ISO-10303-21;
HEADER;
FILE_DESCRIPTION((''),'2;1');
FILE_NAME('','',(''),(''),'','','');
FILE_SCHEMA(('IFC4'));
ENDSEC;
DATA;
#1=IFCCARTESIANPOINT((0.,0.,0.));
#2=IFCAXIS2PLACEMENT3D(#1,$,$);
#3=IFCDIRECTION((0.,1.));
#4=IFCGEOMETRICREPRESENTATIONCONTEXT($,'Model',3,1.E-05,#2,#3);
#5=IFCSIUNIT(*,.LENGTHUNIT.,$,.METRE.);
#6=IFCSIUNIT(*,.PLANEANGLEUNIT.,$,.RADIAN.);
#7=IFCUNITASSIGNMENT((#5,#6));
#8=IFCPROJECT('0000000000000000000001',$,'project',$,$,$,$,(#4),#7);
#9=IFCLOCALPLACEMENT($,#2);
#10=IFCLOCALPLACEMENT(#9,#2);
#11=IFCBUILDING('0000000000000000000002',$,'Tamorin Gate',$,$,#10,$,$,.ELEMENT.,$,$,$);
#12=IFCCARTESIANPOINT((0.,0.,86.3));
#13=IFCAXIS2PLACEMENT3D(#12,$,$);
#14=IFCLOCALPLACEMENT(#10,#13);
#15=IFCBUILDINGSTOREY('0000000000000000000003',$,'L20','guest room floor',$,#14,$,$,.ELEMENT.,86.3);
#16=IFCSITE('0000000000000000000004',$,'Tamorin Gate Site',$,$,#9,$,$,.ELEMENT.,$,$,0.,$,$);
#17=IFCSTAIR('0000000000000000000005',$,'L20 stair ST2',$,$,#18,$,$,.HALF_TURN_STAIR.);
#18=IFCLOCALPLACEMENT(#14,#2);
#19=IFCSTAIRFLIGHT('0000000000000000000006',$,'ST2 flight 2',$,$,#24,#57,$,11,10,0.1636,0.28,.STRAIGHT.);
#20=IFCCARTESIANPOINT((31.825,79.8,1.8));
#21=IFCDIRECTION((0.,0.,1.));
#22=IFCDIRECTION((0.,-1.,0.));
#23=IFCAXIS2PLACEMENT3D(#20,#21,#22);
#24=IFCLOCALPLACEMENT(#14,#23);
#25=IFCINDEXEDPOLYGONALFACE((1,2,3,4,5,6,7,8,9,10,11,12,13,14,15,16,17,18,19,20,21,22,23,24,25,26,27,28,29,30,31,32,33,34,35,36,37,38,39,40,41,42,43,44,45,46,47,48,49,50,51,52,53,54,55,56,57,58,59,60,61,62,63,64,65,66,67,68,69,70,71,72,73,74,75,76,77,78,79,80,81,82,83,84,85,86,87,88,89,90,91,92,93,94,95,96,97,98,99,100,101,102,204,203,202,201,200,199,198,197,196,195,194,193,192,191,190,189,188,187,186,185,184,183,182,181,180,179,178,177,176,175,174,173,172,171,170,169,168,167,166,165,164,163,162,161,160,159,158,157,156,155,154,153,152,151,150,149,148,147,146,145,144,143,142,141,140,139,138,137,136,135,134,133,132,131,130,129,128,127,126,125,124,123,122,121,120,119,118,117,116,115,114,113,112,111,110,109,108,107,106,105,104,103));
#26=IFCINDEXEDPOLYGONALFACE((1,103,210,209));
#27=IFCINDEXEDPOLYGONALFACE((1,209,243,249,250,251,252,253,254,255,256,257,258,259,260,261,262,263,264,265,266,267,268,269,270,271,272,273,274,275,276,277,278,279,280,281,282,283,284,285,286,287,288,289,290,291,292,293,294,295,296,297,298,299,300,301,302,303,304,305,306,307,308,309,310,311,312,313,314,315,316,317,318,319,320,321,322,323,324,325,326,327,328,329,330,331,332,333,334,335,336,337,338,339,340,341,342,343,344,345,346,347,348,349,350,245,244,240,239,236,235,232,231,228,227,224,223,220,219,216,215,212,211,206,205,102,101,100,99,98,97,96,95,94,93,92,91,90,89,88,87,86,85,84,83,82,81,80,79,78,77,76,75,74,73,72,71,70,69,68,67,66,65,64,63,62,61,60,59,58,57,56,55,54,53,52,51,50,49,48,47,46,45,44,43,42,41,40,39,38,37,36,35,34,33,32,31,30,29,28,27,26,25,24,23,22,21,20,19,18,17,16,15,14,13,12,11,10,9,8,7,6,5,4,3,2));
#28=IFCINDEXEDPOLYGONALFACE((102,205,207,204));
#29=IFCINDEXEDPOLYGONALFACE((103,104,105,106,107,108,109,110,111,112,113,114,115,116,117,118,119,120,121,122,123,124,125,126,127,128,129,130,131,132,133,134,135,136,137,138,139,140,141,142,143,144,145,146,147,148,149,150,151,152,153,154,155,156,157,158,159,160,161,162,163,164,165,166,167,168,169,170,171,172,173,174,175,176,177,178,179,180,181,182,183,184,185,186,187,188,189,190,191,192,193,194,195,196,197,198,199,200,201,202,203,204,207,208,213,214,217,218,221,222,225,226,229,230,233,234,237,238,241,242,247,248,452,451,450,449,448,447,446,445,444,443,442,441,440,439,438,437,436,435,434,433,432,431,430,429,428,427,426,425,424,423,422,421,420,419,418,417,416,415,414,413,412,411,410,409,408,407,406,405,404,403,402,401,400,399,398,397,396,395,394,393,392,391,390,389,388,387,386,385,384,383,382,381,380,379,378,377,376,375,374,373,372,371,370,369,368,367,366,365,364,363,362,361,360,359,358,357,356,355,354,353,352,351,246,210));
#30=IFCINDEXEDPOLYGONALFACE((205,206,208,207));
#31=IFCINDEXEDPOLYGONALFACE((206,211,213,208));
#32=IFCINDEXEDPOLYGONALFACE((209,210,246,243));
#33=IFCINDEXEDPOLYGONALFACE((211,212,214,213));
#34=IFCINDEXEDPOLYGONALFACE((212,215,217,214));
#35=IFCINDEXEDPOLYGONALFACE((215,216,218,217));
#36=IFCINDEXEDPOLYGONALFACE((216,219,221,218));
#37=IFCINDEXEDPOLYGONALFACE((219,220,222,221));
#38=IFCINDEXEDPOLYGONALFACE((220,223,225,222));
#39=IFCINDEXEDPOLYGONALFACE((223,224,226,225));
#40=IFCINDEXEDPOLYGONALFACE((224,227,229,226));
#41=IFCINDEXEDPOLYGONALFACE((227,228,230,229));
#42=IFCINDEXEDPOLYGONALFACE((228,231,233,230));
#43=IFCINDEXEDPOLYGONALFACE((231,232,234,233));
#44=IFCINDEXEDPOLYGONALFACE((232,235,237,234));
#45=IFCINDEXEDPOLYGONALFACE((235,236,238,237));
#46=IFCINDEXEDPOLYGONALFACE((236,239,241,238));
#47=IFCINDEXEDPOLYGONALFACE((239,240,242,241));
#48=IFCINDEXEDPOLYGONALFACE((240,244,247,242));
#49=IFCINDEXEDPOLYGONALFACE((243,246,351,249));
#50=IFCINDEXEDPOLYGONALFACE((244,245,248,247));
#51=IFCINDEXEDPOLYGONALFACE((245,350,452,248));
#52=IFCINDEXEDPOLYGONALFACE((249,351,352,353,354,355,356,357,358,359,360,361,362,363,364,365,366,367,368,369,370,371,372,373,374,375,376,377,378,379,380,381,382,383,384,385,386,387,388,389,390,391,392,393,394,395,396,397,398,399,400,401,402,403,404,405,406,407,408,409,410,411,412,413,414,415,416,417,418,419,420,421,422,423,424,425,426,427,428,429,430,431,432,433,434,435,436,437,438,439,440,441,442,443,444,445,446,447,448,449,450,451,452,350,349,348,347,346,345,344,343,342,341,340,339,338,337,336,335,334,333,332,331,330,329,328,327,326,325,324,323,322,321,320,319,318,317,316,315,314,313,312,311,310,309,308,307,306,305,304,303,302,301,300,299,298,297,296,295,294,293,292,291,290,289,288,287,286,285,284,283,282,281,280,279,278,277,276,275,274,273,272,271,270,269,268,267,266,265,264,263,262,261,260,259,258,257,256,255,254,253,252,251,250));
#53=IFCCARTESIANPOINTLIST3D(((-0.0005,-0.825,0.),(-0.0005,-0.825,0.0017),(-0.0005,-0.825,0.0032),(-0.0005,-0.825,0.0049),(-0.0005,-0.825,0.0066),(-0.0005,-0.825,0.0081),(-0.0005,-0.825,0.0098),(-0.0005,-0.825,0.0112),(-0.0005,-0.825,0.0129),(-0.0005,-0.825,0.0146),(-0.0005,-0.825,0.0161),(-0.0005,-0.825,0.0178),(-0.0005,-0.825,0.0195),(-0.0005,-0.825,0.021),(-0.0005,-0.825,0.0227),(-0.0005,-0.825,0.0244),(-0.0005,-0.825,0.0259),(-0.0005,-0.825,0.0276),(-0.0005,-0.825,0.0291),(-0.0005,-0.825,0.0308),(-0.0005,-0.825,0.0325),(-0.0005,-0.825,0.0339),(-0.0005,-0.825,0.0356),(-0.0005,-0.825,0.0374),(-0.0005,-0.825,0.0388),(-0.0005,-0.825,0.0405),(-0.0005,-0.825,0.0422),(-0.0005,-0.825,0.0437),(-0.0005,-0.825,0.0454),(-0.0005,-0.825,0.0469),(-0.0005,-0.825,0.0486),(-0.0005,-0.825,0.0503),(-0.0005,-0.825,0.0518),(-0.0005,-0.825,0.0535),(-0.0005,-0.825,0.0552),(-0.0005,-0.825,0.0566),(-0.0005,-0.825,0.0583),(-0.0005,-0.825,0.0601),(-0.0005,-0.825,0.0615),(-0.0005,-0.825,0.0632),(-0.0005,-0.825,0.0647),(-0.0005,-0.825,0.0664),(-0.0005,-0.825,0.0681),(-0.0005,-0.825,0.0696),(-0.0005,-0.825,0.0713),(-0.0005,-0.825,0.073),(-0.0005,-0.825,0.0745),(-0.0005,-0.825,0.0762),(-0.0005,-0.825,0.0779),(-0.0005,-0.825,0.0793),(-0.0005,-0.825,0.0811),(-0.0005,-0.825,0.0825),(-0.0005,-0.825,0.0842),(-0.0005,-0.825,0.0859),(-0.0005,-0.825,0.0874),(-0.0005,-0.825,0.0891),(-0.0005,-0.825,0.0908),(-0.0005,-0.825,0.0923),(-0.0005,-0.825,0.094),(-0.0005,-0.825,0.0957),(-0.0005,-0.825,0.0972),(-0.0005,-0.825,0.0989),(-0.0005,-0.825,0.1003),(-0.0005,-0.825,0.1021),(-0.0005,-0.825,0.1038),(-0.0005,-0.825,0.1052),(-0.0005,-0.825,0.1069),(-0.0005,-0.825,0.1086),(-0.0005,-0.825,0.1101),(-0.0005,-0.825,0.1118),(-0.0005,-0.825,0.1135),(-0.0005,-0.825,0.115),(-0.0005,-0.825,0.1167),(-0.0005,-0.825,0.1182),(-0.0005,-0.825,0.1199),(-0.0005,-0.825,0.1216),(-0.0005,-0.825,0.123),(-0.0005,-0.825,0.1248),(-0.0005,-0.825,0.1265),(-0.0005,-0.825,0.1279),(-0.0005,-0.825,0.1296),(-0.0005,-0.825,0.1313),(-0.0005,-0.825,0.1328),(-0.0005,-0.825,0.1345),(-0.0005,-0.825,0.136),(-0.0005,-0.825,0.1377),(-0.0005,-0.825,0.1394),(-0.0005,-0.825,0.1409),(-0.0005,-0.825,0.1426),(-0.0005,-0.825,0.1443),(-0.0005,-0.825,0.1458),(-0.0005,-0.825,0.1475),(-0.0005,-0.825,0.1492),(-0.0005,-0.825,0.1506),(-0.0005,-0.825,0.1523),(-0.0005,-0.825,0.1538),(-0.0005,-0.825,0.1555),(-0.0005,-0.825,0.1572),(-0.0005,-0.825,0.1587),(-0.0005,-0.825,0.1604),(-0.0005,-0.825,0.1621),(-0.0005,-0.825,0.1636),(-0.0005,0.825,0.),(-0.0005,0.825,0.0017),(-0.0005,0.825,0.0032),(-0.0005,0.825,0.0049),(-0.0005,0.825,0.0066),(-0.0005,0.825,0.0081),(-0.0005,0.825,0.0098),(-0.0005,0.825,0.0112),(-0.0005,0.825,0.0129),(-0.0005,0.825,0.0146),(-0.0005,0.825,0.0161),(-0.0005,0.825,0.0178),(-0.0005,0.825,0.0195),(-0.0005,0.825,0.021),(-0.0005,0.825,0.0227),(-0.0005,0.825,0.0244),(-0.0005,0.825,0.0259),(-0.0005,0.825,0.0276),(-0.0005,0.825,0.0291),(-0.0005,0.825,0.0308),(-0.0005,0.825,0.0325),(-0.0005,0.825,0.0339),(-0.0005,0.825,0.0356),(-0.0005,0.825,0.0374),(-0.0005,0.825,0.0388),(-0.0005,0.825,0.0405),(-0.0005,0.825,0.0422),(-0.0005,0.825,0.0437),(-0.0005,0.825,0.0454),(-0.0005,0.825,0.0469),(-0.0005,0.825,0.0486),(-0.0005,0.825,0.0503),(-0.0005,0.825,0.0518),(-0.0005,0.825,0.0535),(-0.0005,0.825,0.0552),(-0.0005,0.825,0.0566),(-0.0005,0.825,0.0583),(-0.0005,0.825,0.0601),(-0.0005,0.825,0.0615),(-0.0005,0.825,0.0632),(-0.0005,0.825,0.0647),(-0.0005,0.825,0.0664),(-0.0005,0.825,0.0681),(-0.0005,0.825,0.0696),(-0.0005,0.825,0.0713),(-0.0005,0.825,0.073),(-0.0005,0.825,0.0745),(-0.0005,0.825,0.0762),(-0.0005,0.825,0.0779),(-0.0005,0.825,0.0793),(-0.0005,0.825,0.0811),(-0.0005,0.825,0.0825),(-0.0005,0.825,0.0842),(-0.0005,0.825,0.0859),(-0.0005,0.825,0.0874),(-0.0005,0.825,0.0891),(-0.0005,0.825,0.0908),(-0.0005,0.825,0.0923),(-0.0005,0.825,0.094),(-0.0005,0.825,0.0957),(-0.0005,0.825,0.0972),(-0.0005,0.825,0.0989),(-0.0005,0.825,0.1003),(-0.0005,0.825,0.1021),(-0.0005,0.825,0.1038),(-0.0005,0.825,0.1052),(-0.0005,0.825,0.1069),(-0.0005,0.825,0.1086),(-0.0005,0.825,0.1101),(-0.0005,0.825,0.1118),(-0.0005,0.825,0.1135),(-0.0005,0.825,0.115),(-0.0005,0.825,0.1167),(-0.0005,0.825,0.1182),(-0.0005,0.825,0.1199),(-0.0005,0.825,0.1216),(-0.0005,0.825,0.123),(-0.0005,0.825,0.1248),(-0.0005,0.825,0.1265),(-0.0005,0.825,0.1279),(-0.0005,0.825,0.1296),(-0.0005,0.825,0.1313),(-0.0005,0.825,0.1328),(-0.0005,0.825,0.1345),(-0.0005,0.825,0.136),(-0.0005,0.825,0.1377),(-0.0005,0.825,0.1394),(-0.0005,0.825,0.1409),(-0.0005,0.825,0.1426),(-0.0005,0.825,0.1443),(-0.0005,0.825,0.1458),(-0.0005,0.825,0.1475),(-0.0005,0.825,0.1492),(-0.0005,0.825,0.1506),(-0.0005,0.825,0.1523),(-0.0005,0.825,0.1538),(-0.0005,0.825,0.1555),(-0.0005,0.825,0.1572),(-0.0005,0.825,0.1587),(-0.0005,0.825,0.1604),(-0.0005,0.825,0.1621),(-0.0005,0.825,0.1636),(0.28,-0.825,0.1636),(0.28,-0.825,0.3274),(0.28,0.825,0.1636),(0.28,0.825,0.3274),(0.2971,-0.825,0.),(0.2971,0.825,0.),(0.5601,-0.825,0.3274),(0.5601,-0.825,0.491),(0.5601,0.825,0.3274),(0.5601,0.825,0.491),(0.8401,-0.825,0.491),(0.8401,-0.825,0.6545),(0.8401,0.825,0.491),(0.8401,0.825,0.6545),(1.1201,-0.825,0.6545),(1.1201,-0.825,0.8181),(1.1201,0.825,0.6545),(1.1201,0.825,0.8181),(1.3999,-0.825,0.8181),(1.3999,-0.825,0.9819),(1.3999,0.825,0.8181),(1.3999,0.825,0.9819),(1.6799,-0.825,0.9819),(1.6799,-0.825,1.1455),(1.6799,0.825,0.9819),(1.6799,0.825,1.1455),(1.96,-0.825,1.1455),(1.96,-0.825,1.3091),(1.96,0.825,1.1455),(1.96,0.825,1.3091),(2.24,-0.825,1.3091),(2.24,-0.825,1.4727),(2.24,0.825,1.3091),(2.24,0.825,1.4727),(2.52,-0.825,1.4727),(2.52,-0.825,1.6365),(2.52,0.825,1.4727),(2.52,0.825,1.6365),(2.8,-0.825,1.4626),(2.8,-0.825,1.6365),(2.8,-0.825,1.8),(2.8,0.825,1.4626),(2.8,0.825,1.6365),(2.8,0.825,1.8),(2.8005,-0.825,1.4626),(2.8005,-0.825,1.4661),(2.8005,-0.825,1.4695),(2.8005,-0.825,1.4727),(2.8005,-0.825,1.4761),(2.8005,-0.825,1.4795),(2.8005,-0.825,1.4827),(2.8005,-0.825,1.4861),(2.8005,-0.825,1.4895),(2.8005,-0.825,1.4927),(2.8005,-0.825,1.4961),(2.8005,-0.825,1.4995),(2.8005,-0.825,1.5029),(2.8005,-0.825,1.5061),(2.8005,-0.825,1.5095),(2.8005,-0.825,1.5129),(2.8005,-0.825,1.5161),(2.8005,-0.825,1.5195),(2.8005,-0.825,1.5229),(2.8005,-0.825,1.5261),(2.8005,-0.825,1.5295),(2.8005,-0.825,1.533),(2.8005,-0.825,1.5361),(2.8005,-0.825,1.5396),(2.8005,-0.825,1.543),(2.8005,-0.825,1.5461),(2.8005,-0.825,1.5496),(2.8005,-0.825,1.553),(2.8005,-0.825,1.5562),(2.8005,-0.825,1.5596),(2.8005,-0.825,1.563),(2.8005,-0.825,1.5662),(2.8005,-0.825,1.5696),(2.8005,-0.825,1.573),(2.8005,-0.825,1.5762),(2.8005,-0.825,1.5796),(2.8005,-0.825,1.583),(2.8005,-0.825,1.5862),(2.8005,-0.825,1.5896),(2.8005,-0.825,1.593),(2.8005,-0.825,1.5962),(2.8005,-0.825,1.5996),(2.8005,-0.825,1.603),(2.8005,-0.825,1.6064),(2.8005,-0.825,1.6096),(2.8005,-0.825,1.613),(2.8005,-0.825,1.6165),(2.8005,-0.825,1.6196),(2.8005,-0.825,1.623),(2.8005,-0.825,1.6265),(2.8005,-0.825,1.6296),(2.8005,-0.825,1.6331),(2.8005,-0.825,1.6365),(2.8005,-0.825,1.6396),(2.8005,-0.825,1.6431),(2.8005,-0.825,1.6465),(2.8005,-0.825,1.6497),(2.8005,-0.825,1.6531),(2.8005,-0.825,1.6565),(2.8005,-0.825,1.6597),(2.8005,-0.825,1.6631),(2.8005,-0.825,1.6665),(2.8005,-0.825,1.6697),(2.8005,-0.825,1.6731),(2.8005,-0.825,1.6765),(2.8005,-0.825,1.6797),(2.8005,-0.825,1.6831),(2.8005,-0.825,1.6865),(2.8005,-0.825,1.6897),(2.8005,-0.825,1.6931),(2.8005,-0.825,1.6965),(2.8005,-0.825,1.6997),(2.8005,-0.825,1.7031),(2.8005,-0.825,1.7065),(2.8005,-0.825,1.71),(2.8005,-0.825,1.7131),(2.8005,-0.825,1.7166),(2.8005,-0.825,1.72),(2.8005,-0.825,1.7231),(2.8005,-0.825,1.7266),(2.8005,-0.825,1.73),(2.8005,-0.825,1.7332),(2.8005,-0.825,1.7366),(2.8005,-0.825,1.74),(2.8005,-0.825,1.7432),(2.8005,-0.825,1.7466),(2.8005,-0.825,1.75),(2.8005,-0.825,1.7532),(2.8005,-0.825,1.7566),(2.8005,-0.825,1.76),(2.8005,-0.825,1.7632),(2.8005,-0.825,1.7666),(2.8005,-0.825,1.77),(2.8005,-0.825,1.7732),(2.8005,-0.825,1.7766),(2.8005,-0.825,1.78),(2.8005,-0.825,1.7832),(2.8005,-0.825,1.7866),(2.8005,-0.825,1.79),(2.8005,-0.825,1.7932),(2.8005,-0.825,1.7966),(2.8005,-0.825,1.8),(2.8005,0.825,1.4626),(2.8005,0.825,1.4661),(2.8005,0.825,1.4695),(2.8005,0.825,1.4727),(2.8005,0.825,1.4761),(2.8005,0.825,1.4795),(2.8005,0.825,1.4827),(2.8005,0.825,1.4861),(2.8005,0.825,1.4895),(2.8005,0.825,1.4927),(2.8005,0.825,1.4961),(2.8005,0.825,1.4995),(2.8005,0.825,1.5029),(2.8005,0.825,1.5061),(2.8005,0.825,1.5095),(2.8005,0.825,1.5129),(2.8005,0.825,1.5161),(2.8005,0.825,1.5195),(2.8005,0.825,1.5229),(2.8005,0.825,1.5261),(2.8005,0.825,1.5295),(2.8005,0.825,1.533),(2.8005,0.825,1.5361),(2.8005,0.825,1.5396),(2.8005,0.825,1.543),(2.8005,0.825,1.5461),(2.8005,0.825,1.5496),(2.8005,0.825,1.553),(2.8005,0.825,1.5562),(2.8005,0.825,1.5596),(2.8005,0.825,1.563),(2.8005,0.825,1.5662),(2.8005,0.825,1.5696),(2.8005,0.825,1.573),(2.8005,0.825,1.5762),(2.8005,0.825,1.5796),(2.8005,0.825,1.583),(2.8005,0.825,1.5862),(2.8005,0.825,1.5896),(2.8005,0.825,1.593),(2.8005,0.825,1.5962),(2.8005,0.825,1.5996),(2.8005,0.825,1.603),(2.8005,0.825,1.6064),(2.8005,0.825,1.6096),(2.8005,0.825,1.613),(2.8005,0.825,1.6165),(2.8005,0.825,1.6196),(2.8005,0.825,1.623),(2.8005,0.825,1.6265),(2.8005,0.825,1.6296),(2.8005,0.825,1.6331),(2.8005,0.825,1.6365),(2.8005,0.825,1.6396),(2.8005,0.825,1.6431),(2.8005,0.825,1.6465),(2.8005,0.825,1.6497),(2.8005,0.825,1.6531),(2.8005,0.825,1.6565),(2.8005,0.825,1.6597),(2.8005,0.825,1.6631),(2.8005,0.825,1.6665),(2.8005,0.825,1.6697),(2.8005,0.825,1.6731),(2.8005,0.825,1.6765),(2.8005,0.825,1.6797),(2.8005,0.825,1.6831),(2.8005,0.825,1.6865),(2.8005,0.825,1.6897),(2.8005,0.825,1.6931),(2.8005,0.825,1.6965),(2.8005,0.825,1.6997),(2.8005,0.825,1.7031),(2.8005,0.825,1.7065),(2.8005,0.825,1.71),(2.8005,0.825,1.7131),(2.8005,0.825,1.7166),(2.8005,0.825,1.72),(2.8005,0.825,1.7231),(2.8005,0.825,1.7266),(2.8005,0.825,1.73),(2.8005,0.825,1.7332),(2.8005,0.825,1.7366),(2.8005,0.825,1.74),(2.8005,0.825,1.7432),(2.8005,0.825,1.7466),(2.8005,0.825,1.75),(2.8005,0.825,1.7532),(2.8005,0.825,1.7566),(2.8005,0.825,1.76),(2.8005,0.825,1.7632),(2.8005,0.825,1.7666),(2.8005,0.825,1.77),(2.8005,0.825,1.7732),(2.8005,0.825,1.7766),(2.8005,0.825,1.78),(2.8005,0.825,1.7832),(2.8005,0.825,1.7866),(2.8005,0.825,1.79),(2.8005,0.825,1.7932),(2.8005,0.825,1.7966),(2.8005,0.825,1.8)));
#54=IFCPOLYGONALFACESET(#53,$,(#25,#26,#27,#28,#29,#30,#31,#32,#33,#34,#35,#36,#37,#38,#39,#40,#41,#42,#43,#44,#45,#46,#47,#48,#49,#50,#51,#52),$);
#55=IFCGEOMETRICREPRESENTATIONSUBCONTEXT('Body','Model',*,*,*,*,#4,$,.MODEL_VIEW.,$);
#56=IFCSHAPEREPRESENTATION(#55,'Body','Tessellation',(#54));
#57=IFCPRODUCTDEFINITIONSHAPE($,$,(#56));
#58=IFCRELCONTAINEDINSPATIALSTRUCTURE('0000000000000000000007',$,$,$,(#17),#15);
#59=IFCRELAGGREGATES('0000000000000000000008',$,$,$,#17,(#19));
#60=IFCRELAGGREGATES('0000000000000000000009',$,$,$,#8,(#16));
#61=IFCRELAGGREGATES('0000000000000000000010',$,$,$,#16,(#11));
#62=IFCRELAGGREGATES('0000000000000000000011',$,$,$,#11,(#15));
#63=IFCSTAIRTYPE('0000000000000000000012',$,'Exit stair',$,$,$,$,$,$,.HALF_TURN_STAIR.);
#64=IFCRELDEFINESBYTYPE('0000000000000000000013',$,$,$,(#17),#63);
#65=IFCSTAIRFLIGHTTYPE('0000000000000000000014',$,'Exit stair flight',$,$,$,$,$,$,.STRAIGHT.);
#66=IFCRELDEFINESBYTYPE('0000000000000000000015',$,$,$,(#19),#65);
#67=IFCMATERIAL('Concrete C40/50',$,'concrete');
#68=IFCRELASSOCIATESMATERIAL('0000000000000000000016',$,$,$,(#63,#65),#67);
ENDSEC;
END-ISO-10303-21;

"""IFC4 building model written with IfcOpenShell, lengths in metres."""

from ifc_helpers import new_model, si_unit, direction, frame, origin, place, context, subcontext, project, spatial, polyline, outline, extrude, material, type_object, element, aggregate, save


model = new_model("IFC4")

# Units and contexts
model_context = context("Model", 3, precision=1e-05, world=origin(), true_north=direction((0.0, 1.0)))
body_context = subcontext(model_context, "Body", "Model", "MODEL_VIEW")
ifc_project = project(units=[si_unit("LENGTHUNIT", "METRE"), si_unit("PLANEANGLEUNIT", "RADIAN")], contexts=[model_context])

# Site, building, storey
site_placement = place(None, origin())
site = spatial("IfcSite", under=ifc_project, at=site_placement, Name="Tamorin Gate Site", CompositionType="ELEMENT", RefElevation=0.0)
building_placement = place(site_placement, origin())
building = spatial("IfcBuilding", under=site, at=building_placement, Name="Tamorin Gate", CompositionType="ELEMENT")
storey_placement = place(building_placement, frame((0.0, 0.0, 86.3)))
storey = spatial("IfcBuildingStorey", under=building, at=storey_placement, Name="L20", Description="guest room floor", CompositionType="ELEMENT", Elevation=86.3)

# Shared definitions
ifc_material_1 = material(Name="Concrete C40/50", Category="concrete")

# Stair, stair flight
stair_type = type_object("IfcStairType", Name="Exit stair", PredefinedType="HALF_TURN_STAIR", material=ifc_material_1)
stair_placement = place(storey_placement, origin())
stair = element("IfcStair", 1, at=stair_placement, inside=storey, type_object=stair_type, Name="L20 stair ST2", PredefinedType="HALF_TURN_STAIR")
stair_flight_type = type_object("IfcStairFlightType", Name="Exit stair flight", PredefinedType="STRAIGHT", material=ifc_material_1)
stair_flight_1_placement = place(storey_placement, frame((31.825, 79.8, 1.8), z_axis=(0.0, 0.0, 1.0), x_axis=(0.0, -1.0, 0.0)))
stair_flight_1 = element("IfcStairFlight", 2, at=stair_flight_1_placement, type_object=stair_flight_type, Name="ST2 flight 2", NumberOfRisers=11, NumberOfTreads=10, PredefinedType="STRAIGHT", RiserHeight=0.1636, TreadLength=0.28, context=body_context, shape_type="SweptSolid", body=[
    extrude(outline(polyline([(-0.0005, 0.0), (-0.0005, 0.0017), (-0.0005, 0.0032), (-0.0005, 0.0049), (-0.0005, 0.0066), (-0.0005, 0.0081), (-0.0005, 0.0098), (-0.0005, 0.0112), (-0.0005, 0.0129), (-0.0005, 0.0146), (-0.0005, 0.0161), (-0.0005, 0.0178), (-0.0005, 0.0195), (-0.0005, 0.021), (-0.0005, 0.0227), (-0.0005, 0.0244), (-0.0005, 0.0259), (-0.0005, 0.0276), (-0.0005, 0.0291), (-0.0005, 0.0308), (-0.0005, 0.0325), (-0.0005, 0.0339), (-0.0005, 0.0356), (-0.0005, 0.0374), (-0.0005, 0.0388), (-0.0005, 0.0405), (-0.0005, 0.0422), (-0.0005, 0.0437), (-0.0005, 0.0454), (-0.0005, 0.0469), (-0.0005, 0.0486), (-0.0005, 0.0503), (-0.0005, 0.0518), (-0.0005, 0.0535), (-0.0005, 0.0552), (-0.0005, 0.0566), (-0.0005, 0.0583), (-0.0005, 0.0601), (-0.0005, 0.0615), (-0.0005, 0.0632), (-0.0005, 0.0647), (-0.0005, 0.0664), (-0.0005, 0.0681), (-0.0005, 0.0696), (-0.0005, 0.0713), (-0.0005, 0.073), (-0.0005, 0.0745), (-0.0005, 0.0762), (-0.0005, 0.0779), (-0.0005, 0.0793), (-0.0005, 0.0811), (-0.0005, 0.0825), (-0.0005, 0.0842), (-0.0005, 0.0859), (-0.0005, 0.0874), (-0.0005, 0.0891), (-0.0005, 0.0908), (-0.0005, 0.0923), (-0.0005, 0.094), (-0.0005, 0.0957), (-0.0005, 0.0972), (-0.0005, 0.0989), (-0.0005, 0.1003), (-0.0005, 0.1021), (-0.0005, 0.1038), (-0.0005, 0.1052), (-0.0005, 0.1069), (-0.0005, 0.1086), (-0.0005, 0.1101), (-0.0005, 0.1118), (-0.0005, 0.1135), (-0.0005, 0.115), (-0.0005, 0.1167), (-0.0005, 0.1182), (-0.0005, 0.1199), (-0.0005, 0.1216), (-0.0005, 0.123), (-0.0005, 0.1248), (-0.0005, 0.1265), (-0.0005, 0.1279), (-0.0005, 0.1296), (-0.0005, 0.1313), (-0.0005, 0.1328), (-0.0005, 0.1345), (-0.0005, 0.136), (-0.0005, 0.1377), (-0.0005, 0.1394), (-0.0005, 0.1409), (-0.0005, 0.1426), (-0.0005, 0.1443), (-0.0005, 0.1458), (-0.0005, 0.1475), (-0.0005, 0.1492), (-0.0005, 0.1506), (-0.0005, 0.1523), (-0.0005, 0.1538), (-0.0005, 0.1555), (-0.0005, 0.1572), (-0.0005, 0.1587), (-0.0005, 0.1604), (-0.0005, 0.1621), (-0.0005, 0.1636), (0.28, 0.1636), (0.28, 0.3274), (0.5601, 0.3274), (0.5601, 0.491), (0.8401, 0.491), (0.8401, 0.6545), (1.1201, 0.6545), (1.1201, 0.8181), (1.3999, 0.8181), (1.3999, 0.9819), (1.6799, 0.9819), (1.6799, 1.1455), (1.96, 1.1455), (1.96, 1.3091), (2.24, 1.3091), (2.24, 1.4727), (2.52, 1.4727), (2.52, 1.6365), (2.8, 1.6365), (2.8, 1.8), (2.8005, 1.8), (2.8005, 1.7966), (2.8005, 1.7932), (2.8005, 1.79), (2.8005, 1.7866), (2.8005, 1.7832), (2.8005, 1.78), (2.8005, 1.7766), (2.8005, 1.7732), (2.8005, 1.77), (2.8005, 1.7666), (2.8005, 1.7632), (2.8005, 1.76), (2.8005, 1.7566), (2.8005, 1.7532), (2.8005, 1.75), (2.8005, 1.7466), (2.8005, 1.7432), (2.8005, 1.74), (2.8005, 1.7366), (2.8005, 1.7332), (2.8005, 1.73), (2.8005, 1.7266), (2.8005, 1.7231), (2.8005, 1.72), (2.8005, 1.7166), (2.8005, 1.7131), (2.8005, 1.71), (2.8005, 1.7065), (2.8005, 1.7031), (2.8005, 1.6997), (2.8005, 1.6965), (2.8005, 1.6931), (2.8005, 1.6897), (2.8005, 1.6865), (2.8005, 1.6831), (2.8005, 1.6797), (2.8005, 1.6765), (2.8005, 1.6731), (2.8005, 1.6697), (2.8005, 1.6665), (2.8005, 1.6631), (2.8005, 1.6597), (2.8005, 1.6565), (2.8005, 1.6531), (2.8005, 1.6497), (2.8005, 1.6465), (2.8005, 1.6431), (2.8005, 1.6396), (2.8005, 1.6365), (2.8005, 1.6331), (2.8005, 1.6296), (2.8005, 1.6265), (2.8005, 1.623), (2.8005, 1.6196), (2.8005, 1.6165), (2.8005, 1.613), (2.8005, 1.6096), (2.8005, 1.6064), (2.8005, 1.603), (2.8005, 1.5996), (2.8005, 1.5962), (2.8005, 1.593), (2.8005, 1.5896), (2.8005, 1.5862), (2.8005, 1.583), (2.8005, 1.5796), (2.8005, 1.5762), (2.8005, 1.573), (2.8005, 1.5696), (2.8005, 1.5662), (2.8005, 1.563), (2.8005, 1.5596), (2.8005, 1.5562), (2.8005, 1.553), (2.8005, 1.5496), (2.8005, 1.5461), (2.8005, 1.543), (2.8005, 1.5396), (2.8005, 1.5361), (2.8005, 1.533), (2.8005, 1.5295), (2.8005, 1.5261), (2.8005, 1.5229), (2.8005, 1.5195), (2.8005, 1.5161), (2.8005, 1.5129), (2.8005, 1.5095), (2.8005, 1.5061), (2.8005, 1.5029), (2.8005, 1.4995), (2.8005, 1.4961), (2.8005, 1.4927), (2.8005, 1.4895), (2.8005, 1.4861), (2.8005, 1.4827), (2.8005, 1.4795), (2.8005, 1.4761), (2.8005, 1.4727), (2.8005, 1.4695), (2.8005, 1.4661), (2.8005, 1.4626), (2.8, 1.4626), (0.2971, 0.0), (-0.0005, 0.0)])), frame((0.0, 0.825, 0.0), z_axis=(0.0, -1.0, 0.0), x_axis=(1.0, 0.0, 0.0)), (0.0, 0.0, 1.0), 1.6499),
])
aggregate(stair, [stair_flight_1])

save(model, "model.ifc")
